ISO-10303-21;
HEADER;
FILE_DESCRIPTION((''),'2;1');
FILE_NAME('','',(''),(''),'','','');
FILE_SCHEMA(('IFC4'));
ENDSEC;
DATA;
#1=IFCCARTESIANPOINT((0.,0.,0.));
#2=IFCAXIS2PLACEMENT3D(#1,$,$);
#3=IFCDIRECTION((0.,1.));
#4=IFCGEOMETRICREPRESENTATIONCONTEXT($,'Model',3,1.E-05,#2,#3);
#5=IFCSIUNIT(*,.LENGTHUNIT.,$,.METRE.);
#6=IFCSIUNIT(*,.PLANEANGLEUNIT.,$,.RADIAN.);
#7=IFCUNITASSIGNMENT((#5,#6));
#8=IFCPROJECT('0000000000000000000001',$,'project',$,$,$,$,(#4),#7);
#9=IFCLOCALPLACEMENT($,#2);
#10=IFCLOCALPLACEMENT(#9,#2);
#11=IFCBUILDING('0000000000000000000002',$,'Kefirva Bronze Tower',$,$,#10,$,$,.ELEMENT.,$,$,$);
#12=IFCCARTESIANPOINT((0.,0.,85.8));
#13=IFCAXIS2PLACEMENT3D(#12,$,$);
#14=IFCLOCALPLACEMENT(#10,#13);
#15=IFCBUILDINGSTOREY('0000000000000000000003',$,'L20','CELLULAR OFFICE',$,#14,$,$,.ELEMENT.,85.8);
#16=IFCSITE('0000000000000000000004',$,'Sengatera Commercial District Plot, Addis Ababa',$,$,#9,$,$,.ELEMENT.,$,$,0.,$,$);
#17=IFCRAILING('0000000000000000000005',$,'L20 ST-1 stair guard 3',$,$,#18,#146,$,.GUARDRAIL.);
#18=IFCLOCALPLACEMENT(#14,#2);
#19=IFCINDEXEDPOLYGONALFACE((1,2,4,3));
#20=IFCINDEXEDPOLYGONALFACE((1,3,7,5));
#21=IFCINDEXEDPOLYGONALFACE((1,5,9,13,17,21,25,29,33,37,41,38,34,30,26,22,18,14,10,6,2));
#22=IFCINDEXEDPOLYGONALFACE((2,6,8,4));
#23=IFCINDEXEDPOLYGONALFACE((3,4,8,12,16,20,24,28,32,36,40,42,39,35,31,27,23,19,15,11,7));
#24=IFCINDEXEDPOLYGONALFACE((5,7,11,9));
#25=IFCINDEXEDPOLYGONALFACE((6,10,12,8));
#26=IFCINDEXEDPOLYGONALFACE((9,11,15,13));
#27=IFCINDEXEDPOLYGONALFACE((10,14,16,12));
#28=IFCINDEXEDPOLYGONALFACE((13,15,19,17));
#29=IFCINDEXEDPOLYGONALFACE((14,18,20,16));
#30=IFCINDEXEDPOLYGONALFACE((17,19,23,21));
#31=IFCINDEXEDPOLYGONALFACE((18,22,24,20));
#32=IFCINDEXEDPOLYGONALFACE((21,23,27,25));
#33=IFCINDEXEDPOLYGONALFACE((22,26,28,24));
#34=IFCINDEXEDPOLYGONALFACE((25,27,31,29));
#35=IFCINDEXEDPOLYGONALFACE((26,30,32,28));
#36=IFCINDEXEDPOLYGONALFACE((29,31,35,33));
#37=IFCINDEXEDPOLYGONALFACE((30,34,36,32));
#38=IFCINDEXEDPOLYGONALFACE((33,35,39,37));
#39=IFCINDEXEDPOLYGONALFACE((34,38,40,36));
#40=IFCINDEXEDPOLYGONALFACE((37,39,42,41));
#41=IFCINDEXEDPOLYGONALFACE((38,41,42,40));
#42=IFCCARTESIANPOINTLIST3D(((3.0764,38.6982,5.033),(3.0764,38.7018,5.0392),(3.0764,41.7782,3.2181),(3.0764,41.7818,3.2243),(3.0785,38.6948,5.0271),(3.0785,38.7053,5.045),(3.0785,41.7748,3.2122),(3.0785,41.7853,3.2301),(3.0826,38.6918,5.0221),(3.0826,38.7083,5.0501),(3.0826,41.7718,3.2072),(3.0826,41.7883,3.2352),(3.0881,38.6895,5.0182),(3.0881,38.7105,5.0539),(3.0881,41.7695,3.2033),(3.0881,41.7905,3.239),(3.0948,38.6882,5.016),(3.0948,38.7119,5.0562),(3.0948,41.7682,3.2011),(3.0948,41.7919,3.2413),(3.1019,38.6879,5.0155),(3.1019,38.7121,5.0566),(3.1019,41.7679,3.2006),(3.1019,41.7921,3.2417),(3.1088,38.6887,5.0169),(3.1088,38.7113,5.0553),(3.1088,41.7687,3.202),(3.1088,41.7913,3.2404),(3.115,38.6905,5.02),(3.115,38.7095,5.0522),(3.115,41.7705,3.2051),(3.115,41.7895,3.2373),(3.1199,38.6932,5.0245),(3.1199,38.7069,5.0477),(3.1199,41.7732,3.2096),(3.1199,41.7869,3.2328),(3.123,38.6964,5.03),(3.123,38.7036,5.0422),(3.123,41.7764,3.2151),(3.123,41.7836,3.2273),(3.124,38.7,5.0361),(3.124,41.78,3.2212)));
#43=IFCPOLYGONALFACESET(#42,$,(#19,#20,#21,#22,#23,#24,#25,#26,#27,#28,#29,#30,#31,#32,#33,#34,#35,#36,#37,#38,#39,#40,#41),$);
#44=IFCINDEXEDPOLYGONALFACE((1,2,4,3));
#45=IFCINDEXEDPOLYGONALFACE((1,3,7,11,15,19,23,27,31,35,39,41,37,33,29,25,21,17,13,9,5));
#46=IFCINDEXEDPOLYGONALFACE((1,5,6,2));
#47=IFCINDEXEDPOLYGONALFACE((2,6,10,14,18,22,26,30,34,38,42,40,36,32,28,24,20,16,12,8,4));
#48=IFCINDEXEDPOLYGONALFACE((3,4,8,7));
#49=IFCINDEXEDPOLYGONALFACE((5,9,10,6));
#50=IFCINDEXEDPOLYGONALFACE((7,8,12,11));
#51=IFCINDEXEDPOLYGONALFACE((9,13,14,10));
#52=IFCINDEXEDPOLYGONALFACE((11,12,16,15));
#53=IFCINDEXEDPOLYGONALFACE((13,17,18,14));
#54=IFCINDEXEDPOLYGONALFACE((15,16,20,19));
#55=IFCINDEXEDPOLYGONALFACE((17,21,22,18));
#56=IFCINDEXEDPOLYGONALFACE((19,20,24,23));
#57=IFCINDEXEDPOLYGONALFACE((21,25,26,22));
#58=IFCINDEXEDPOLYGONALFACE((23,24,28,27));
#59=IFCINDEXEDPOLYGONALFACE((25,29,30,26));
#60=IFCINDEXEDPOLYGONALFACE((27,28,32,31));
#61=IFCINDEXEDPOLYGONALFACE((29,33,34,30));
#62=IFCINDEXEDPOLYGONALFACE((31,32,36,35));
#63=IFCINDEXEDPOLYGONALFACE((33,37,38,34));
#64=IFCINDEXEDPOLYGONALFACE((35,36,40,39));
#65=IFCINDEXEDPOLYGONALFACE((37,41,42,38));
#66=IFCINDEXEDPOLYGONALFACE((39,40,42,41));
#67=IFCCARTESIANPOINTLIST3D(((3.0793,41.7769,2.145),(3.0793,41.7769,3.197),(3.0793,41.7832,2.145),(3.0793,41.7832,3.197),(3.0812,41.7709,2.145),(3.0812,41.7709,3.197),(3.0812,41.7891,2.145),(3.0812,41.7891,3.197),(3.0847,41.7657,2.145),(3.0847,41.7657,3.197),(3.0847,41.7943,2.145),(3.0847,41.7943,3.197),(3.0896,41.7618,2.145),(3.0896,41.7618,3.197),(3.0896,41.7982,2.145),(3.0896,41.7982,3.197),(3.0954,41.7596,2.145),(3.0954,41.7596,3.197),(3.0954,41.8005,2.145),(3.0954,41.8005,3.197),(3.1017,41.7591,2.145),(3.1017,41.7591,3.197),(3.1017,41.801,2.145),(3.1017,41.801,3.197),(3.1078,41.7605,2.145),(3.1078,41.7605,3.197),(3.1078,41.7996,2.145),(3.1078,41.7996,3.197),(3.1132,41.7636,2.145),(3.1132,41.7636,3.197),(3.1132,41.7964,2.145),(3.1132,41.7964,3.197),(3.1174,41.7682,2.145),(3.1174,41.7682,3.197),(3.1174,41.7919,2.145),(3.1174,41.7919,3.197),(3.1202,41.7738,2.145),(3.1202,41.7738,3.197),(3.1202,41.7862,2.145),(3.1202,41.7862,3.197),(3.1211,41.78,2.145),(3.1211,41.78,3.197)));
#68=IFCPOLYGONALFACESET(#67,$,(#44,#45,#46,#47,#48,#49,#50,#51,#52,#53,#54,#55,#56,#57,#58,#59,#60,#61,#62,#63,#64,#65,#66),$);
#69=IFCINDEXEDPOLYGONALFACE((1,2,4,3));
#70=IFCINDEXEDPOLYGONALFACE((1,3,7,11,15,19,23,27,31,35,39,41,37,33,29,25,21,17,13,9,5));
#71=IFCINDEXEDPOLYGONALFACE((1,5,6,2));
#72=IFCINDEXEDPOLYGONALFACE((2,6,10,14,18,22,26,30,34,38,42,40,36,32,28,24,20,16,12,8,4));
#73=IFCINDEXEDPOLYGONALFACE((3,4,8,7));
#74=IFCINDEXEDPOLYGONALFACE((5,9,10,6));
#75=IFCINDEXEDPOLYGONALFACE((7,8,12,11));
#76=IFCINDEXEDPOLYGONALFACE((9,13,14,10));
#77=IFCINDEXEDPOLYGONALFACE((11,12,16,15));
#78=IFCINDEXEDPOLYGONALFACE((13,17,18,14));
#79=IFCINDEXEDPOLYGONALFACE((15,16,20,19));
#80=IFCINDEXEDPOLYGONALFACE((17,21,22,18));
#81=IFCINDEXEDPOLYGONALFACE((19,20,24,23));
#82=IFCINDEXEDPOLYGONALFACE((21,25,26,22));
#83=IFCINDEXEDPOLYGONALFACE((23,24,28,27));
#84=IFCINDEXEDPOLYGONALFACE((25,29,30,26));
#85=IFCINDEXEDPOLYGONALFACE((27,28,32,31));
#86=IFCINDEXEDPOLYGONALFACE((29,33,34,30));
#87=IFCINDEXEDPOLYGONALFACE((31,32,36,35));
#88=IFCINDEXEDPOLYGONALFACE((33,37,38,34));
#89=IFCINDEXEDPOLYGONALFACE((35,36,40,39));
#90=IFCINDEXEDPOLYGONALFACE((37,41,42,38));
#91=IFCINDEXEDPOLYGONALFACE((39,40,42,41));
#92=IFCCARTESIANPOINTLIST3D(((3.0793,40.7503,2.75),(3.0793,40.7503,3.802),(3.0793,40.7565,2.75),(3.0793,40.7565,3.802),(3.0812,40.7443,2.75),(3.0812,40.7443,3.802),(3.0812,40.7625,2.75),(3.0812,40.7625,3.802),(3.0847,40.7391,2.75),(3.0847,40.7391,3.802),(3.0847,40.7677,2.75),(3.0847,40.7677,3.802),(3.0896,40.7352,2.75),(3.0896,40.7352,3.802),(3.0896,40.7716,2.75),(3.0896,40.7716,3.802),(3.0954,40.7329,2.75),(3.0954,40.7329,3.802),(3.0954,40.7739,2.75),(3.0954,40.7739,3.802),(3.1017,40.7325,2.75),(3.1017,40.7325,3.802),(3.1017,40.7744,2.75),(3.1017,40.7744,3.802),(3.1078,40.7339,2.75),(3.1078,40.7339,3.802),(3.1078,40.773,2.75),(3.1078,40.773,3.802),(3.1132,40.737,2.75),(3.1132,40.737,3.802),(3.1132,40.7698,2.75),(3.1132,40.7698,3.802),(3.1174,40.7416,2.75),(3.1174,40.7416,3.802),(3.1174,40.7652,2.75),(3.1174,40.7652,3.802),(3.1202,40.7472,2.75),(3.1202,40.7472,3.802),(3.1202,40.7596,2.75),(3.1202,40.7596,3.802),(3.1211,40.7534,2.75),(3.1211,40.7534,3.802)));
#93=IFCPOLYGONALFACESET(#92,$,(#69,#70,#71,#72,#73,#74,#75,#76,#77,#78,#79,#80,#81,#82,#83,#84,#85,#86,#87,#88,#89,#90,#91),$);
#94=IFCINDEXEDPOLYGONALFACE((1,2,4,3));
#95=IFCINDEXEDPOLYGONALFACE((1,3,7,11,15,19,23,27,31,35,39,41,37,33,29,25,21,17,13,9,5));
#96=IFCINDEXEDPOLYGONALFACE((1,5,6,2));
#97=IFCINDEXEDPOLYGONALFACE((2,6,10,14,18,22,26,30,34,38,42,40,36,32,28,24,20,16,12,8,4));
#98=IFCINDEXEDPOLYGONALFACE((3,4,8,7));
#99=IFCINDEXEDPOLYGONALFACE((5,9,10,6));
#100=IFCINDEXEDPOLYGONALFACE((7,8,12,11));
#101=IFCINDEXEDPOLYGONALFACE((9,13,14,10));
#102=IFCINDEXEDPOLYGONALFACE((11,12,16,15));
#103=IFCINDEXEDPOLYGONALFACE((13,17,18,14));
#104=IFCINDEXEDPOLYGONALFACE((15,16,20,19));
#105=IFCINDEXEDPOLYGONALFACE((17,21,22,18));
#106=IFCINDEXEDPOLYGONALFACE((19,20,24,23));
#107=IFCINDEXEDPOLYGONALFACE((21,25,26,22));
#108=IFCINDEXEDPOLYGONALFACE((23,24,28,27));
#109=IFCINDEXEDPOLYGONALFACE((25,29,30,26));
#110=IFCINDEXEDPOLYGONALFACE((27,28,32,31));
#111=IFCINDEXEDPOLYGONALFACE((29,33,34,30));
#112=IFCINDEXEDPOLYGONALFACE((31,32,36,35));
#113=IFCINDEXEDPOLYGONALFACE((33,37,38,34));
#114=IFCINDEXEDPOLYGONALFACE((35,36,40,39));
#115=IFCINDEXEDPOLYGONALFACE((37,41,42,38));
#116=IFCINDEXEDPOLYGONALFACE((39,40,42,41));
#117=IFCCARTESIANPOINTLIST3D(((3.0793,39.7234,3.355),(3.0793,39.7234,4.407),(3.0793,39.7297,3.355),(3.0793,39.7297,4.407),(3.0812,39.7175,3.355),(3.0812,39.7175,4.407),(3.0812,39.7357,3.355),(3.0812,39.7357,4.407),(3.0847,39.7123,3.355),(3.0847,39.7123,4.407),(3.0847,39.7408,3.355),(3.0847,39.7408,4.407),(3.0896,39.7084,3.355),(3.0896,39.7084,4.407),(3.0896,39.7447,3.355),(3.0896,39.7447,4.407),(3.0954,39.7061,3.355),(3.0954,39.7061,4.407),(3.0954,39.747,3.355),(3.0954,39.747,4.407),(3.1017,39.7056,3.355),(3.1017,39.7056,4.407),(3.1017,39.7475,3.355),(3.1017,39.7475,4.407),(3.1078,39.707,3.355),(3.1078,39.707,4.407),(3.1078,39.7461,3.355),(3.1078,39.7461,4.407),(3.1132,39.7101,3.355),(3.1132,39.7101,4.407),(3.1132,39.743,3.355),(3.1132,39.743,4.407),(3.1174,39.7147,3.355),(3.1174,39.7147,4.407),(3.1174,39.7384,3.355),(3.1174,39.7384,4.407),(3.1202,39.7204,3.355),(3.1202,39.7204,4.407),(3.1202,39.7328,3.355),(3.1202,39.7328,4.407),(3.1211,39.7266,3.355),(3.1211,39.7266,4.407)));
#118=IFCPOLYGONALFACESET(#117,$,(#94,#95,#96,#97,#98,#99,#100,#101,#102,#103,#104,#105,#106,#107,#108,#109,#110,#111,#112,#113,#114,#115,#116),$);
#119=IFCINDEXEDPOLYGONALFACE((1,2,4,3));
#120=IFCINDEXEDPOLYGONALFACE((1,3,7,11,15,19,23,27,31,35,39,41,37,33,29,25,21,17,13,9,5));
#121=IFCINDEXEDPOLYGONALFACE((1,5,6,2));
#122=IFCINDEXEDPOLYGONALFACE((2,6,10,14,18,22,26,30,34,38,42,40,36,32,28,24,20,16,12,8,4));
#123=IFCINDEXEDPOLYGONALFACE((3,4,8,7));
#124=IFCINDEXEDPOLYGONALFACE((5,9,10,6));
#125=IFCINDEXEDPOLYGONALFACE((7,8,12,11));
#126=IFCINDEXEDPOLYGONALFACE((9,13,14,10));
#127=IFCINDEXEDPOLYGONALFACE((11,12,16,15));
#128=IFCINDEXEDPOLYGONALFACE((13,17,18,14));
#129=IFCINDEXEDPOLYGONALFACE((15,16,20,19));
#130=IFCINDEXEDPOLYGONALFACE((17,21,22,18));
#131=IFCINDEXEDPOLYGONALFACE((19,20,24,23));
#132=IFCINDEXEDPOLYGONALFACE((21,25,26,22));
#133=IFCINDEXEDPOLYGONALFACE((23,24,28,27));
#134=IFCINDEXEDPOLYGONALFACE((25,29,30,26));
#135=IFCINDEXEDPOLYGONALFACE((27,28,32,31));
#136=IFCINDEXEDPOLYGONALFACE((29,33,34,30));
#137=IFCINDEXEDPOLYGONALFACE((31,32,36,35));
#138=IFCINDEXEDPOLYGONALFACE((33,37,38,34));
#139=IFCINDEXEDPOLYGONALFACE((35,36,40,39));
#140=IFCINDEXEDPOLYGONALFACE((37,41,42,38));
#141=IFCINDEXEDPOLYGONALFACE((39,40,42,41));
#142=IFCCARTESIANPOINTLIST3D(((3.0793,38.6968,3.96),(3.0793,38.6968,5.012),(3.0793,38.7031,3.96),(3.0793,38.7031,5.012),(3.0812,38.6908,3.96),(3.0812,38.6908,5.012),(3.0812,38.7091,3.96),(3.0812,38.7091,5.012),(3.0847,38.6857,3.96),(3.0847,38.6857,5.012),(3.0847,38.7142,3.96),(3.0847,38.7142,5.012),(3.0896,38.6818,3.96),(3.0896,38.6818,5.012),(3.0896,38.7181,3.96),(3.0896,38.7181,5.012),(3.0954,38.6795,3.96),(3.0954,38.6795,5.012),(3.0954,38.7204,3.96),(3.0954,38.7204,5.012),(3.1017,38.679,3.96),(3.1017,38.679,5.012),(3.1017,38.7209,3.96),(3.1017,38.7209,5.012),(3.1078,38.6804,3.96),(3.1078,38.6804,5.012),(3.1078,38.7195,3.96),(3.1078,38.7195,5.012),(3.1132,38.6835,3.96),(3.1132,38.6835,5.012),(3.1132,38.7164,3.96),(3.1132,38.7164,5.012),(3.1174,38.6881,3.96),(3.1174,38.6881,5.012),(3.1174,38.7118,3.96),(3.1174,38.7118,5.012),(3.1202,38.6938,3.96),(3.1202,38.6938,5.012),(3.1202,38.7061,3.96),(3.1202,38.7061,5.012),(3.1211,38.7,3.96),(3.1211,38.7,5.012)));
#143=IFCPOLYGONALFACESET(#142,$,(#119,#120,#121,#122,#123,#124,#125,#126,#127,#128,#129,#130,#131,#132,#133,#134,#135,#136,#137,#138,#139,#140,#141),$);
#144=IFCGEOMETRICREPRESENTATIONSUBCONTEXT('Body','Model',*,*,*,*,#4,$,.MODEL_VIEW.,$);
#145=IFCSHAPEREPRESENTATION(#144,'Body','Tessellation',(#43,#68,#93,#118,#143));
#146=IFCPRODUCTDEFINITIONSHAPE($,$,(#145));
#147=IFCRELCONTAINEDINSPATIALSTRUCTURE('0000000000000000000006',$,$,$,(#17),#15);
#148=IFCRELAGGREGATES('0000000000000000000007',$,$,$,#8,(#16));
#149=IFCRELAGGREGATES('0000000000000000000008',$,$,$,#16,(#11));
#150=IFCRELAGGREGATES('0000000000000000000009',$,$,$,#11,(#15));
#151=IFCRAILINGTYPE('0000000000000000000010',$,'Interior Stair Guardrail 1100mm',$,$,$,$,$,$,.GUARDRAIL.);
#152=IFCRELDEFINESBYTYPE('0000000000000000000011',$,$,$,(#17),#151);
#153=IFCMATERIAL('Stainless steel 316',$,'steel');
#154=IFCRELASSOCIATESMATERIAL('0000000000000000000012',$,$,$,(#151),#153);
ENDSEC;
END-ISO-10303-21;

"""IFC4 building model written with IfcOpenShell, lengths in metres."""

from ifc_helpers import new_model, si_unit, direction, frame, origin, origin_2d, place, context, subcontext, project, spatial, circle, extrude, material, type_object, element, save


model = new_model("IFC4")

# Units and contexts
model_context = context("Model", 3, precision=1e-05, world=origin(), true_north=direction((0.0, 1.0)))
body_context = subcontext(model_context, "Body", "Model", "MODEL_VIEW")
ifc_project = project(units=[si_unit("LENGTHUNIT", "METRE"), si_unit("PLANEANGLEUNIT", "RADIAN")], contexts=[model_context])

# Site, building, storey
site_placement = place(None, origin())
site = spatial("IfcSite", under=ifc_project, at=site_placement, Name="Sengatera Commercial District Plot, Addis Ababa", CompositionType="ELEMENT", RefElevation=0.0)
building_placement = place(site_placement, origin())
building = spatial("IfcBuilding", under=site, at=building_placement, Name="Kefirva Bronze Tower", CompositionType="ELEMENT")
storey_placement = place(building_placement, frame((0.0, 0.0, 85.8)))
storey = spatial("IfcBuildingStorey", under=building, at=storey_placement, Name="L20", Description="CELLULAR OFFICE", CompositionType="ELEMENT", Elevation=85.8)

# Railing
ifc_material_1 = material(Name="Stainless steel 316", Category="steel")
railing_type_1 = type_object("IfcRailingType", Name="Interior Stair Guardrail 1100mm", PredefinedType="GUARDRAIL", material=ifc_material_1)
railing_1_placement = place(storey_placement, frame((3.1001, 41.78, 2.145)))
element("IfcRailing", 1, at=railing_1_placement, inside=storey, type_object=railing_type_1, Name="L20 ST-1 stair guard 3", PredefinedType="GUARDRAIL", context=body_context, shape_type="SweptSolid", body=[
    extrude(circle(Radius=0.0239, at=origin_2d()), frame((0.0, 0.0, 1.0762), z_axis=(0.0, -0.861551, 0.507671), x_axis=(1.0, 0.0, 0.0)), (0.0, 0.0, 1.0), 3.575),
    extrude(circle(Radius=0.021, at=origin_2d()), origin(), (0.0, 0.0, 1.0), 1.052),
    extrude(circle(Radius=0.021, at=origin_2d()), frame((0.0, -1.0266, 0.605)), (0.0, 0.0, 1.0), 1.052),
    extrude(circle(Radius=0.021, at=origin_2d()), frame((0.0, -2.0535, 1.21)), (0.0, 0.0, 1.0), 1.052),
    extrude(circle(Radius=0.021, at=origin_2d()), frame((0.0, -3.0801, 1.8149)), (0.0, 0.0, 1.0), 1.052),
])

save(model, "model.ifc")
